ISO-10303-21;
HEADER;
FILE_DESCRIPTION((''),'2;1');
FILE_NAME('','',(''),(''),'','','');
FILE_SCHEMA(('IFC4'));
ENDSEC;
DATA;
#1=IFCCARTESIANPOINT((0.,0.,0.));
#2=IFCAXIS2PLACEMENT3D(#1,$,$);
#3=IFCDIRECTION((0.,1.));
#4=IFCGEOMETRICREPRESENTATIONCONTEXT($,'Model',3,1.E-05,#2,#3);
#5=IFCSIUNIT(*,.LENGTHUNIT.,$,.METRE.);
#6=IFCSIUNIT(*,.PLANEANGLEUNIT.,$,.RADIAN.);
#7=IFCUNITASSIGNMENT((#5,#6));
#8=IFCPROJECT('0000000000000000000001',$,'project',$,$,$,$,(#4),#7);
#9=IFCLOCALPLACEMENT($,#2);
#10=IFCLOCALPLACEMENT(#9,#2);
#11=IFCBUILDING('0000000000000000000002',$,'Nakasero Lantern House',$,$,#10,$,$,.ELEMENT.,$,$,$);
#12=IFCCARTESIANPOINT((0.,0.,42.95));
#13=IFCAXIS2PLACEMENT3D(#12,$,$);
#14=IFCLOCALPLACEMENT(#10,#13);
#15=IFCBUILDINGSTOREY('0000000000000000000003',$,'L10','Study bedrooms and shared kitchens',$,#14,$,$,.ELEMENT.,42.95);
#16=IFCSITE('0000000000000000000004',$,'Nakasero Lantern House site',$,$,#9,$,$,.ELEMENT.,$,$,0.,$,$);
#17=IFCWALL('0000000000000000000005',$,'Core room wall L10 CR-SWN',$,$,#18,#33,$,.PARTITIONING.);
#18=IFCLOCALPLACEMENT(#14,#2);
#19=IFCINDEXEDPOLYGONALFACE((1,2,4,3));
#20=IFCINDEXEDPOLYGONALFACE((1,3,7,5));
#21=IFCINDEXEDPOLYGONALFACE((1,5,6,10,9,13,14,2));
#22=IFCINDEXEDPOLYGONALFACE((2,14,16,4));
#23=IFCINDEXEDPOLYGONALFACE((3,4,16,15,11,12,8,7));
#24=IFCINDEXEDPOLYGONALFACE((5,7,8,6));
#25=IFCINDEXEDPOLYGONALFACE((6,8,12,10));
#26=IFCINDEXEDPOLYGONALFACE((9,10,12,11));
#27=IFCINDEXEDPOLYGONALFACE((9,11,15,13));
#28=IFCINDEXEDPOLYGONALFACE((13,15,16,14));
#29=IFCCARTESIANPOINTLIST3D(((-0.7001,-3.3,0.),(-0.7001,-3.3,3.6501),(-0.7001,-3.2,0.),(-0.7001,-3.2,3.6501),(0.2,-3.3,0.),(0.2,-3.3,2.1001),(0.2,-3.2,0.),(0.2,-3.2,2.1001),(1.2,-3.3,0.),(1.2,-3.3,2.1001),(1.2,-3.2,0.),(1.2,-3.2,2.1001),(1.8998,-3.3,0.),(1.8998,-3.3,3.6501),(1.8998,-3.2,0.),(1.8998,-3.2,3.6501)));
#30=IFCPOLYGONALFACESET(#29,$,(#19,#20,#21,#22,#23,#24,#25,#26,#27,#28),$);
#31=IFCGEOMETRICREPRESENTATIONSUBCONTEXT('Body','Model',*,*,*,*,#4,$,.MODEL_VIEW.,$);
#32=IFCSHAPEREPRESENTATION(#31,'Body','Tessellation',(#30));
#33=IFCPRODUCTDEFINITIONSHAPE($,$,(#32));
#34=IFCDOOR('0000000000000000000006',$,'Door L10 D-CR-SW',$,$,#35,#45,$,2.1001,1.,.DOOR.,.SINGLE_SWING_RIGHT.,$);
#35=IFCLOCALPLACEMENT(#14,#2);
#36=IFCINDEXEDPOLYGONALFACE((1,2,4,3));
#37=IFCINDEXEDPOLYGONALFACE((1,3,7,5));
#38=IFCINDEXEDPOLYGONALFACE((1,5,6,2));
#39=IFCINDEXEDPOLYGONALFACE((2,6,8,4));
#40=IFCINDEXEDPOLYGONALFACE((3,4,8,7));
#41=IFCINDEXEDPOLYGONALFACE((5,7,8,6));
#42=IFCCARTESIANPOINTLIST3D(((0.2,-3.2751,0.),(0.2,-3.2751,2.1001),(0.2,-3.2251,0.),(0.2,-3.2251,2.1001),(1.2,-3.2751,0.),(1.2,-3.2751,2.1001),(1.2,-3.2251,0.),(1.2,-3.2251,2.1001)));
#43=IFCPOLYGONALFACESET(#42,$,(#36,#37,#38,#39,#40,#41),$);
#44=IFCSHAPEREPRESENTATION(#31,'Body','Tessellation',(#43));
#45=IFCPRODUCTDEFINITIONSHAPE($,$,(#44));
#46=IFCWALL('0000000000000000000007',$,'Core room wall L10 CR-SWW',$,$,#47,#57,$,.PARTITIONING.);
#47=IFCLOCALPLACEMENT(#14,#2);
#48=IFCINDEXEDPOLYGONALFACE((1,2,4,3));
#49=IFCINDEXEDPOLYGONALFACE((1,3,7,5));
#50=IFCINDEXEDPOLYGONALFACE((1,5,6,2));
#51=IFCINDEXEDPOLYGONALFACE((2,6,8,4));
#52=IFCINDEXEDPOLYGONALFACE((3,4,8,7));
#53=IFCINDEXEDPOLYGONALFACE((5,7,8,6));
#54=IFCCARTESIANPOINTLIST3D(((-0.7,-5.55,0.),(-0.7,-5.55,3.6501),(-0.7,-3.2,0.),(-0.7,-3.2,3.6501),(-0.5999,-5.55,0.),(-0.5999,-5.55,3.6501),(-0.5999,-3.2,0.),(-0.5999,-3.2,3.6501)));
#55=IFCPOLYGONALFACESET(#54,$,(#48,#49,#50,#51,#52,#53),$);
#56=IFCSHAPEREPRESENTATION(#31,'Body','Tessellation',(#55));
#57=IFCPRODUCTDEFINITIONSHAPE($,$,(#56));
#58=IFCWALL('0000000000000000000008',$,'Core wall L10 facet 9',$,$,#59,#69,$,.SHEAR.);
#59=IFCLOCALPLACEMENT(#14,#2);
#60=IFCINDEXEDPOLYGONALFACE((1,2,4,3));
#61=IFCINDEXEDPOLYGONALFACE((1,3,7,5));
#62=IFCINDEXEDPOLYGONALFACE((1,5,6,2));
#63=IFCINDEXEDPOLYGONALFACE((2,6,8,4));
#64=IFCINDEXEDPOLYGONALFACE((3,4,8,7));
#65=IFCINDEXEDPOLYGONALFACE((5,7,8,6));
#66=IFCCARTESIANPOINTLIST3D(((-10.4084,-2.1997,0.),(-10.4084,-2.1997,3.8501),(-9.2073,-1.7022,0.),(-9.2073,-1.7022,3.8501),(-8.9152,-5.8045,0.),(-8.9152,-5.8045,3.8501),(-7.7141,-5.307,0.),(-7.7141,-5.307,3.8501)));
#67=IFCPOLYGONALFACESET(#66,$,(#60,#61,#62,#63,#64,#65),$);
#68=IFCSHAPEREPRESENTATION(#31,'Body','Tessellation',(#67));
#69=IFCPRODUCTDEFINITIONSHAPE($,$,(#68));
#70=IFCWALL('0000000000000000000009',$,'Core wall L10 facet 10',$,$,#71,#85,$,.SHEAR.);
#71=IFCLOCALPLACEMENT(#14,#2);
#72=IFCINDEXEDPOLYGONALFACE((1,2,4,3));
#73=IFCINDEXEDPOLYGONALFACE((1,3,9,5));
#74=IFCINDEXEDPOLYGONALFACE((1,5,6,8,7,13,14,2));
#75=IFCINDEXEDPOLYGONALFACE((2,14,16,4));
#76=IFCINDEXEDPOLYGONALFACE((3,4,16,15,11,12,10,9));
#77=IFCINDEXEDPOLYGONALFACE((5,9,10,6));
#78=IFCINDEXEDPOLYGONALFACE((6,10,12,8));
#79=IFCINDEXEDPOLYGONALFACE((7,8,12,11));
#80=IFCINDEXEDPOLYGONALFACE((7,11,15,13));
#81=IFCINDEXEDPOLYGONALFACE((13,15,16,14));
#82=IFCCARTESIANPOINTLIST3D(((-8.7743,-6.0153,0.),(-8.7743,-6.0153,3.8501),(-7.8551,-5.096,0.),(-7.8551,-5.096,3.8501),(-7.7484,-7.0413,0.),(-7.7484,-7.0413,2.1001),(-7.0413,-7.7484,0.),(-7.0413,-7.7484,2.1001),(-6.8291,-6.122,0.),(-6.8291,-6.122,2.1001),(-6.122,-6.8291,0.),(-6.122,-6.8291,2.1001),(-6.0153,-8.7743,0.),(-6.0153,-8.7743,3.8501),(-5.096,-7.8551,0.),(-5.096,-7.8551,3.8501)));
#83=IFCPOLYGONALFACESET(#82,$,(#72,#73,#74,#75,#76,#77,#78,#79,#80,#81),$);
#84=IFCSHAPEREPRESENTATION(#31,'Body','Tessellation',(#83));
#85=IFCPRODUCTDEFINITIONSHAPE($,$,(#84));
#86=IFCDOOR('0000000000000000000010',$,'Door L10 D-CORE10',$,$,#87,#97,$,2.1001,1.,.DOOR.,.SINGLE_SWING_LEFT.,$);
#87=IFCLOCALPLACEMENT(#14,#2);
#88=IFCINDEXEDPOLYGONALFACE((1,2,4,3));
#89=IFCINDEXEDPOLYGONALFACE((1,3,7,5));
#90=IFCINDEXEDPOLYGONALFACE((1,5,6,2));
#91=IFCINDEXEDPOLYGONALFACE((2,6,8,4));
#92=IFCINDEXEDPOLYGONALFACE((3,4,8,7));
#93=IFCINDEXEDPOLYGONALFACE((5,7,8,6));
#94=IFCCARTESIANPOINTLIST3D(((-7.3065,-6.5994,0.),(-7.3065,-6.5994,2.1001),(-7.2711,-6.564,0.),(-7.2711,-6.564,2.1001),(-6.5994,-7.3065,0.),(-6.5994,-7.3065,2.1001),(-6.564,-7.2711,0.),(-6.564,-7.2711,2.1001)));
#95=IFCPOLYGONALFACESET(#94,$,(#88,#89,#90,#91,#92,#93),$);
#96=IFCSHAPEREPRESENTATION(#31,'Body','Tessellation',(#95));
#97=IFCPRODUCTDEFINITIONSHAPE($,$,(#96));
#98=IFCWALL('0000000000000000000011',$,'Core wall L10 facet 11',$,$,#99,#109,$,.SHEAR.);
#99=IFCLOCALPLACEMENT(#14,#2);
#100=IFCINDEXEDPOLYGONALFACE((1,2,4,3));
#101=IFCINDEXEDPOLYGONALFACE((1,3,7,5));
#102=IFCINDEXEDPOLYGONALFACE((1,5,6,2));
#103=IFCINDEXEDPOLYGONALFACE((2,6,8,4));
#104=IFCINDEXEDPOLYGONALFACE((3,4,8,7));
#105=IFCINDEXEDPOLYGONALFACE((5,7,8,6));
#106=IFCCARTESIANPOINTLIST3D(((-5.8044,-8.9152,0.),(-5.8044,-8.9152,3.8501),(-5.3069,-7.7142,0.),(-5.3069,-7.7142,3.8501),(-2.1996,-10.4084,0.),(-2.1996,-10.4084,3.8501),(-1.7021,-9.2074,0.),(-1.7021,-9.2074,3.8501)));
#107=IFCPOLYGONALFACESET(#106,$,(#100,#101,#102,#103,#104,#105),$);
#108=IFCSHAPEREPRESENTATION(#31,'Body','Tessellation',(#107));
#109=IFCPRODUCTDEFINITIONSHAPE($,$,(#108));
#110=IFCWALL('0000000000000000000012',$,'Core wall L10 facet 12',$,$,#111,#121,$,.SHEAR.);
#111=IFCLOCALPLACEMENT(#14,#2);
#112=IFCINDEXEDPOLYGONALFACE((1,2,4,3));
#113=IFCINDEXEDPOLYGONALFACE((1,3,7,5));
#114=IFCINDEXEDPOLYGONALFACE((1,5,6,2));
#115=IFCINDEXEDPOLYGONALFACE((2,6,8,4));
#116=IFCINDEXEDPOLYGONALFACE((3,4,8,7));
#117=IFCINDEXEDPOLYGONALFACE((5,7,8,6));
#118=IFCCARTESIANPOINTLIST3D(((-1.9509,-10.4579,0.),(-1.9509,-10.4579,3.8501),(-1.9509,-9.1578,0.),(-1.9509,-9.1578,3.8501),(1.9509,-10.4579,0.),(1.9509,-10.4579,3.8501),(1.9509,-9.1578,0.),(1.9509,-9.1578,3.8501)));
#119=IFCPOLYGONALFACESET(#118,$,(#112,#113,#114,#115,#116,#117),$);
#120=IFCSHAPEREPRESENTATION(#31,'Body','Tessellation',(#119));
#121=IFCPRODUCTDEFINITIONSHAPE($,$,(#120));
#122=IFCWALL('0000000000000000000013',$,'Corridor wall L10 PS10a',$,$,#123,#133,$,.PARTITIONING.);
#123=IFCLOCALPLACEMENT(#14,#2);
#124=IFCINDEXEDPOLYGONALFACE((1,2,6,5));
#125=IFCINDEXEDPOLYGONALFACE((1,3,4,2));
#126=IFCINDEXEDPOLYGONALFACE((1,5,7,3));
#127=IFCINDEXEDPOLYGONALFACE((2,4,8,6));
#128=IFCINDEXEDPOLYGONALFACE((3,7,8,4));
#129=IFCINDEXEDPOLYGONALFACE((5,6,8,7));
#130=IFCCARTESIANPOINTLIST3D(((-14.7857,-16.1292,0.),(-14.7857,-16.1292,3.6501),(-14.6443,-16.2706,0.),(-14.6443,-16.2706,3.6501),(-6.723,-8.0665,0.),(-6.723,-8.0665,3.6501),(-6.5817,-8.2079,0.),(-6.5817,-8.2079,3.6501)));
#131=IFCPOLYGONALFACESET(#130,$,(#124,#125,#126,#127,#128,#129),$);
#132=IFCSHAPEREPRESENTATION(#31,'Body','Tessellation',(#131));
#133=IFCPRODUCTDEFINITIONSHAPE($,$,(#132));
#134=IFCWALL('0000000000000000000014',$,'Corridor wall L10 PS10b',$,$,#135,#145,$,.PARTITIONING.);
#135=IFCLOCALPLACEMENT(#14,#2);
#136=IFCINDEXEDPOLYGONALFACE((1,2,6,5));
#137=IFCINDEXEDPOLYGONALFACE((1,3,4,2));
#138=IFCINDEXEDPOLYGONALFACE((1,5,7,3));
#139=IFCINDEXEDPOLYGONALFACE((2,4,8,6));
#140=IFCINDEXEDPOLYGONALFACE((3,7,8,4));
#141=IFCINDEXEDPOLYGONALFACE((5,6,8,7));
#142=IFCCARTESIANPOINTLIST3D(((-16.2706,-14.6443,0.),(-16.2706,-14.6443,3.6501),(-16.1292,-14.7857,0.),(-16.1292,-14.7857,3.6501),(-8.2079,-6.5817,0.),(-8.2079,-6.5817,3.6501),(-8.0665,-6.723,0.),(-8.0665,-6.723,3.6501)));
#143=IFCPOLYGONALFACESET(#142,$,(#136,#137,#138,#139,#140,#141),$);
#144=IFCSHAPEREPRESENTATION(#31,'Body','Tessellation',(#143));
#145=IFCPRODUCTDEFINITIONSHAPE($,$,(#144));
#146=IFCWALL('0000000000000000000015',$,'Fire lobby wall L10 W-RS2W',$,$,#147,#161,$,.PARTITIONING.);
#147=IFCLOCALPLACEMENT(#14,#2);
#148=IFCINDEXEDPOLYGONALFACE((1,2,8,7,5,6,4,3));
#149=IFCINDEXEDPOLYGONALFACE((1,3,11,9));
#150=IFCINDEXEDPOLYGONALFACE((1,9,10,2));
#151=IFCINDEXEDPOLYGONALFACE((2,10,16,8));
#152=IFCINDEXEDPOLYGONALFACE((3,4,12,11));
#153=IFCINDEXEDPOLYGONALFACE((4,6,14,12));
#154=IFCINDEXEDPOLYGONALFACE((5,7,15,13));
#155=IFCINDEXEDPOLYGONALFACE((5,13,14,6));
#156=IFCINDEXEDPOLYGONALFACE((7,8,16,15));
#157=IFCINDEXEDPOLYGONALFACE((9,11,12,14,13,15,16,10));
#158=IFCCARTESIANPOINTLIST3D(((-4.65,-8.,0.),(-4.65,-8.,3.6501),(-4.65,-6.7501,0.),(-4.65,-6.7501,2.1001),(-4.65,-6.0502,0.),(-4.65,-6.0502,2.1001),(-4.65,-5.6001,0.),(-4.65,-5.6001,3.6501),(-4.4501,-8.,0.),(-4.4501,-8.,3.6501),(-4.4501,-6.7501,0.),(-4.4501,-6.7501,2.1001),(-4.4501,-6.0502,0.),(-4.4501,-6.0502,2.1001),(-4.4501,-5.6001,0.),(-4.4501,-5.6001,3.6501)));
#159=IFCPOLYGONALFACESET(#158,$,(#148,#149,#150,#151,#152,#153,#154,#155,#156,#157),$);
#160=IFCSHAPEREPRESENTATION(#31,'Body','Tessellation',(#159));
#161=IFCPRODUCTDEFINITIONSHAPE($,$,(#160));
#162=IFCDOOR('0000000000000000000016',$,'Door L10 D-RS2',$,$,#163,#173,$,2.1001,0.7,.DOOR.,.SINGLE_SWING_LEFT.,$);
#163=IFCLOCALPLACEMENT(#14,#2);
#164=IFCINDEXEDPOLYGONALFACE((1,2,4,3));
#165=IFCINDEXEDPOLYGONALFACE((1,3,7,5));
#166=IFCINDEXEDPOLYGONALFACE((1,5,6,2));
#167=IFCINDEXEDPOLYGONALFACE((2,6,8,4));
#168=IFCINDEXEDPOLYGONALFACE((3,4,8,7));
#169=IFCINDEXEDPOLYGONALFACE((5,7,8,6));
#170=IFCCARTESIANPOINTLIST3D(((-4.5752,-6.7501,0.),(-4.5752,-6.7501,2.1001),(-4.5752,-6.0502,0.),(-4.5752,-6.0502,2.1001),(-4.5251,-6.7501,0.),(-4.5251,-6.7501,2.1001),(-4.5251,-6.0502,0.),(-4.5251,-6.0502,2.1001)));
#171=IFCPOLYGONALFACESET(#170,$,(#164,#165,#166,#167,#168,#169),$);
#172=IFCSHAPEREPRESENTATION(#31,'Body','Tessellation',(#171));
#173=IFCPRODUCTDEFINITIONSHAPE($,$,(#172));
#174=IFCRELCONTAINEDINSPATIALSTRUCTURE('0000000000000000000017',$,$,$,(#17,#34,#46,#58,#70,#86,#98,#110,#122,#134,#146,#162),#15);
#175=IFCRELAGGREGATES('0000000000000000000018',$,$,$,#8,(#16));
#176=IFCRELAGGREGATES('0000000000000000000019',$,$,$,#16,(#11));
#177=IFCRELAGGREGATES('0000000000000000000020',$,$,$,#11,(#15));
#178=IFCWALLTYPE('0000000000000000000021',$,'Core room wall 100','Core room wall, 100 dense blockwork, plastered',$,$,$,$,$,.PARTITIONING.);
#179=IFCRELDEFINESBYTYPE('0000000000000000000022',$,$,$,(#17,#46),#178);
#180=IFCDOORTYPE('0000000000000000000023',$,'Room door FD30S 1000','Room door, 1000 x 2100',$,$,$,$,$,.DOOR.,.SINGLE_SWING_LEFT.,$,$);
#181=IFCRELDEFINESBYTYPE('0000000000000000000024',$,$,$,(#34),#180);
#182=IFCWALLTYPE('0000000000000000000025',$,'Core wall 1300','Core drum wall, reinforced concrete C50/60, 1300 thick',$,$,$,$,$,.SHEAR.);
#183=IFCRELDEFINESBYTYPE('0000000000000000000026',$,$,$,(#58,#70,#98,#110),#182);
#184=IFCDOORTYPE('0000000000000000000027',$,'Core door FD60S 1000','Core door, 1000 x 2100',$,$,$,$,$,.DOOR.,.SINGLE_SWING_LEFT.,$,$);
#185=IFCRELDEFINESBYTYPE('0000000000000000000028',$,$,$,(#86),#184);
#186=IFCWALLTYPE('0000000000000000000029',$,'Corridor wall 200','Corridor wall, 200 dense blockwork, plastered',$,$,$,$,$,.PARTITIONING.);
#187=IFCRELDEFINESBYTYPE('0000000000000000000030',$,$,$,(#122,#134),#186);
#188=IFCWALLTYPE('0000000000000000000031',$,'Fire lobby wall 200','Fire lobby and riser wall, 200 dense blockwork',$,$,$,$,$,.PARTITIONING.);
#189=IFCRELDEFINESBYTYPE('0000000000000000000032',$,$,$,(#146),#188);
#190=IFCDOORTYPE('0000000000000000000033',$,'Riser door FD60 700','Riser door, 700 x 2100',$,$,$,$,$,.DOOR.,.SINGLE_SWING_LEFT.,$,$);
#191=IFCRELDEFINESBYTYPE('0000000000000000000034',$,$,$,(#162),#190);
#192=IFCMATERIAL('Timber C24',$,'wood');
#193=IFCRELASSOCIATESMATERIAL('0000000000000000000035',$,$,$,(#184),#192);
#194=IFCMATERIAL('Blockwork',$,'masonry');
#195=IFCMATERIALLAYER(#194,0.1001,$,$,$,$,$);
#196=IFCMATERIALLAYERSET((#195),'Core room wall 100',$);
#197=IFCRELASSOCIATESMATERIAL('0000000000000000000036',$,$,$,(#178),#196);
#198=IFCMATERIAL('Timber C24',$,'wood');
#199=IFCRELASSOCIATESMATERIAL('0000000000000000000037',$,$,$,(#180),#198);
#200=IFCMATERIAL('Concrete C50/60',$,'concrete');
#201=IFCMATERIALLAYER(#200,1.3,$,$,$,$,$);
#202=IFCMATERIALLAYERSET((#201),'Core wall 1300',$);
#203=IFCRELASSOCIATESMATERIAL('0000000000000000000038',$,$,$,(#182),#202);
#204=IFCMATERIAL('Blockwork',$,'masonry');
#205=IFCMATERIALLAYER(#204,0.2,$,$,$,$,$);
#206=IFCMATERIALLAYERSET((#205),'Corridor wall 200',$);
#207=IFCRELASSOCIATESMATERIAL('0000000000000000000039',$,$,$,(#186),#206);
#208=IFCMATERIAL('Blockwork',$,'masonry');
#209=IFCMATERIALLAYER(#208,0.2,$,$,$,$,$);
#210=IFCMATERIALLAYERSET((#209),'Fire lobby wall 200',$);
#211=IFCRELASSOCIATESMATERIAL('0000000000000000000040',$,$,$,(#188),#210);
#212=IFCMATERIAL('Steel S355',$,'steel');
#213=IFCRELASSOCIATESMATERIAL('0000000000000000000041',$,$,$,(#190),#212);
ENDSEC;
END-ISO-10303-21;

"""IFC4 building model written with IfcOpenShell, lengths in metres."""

from ifc_helpers import new_model, si_unit, direction, frame, frame_2d, origin, place, context, subcontext, project, spatial, rectangle, extrude, material, layer, layer_set, type_object, element, fill, save


model = new_model("IFC4")

# Units and contexts
model_context = context("Model", 3, precision=1e-05, world=origin(), true_north=direction((0.0, 1.0)))
body_context = subcontext(model_context, "Body", "Model", "MODEL_VIEW")
ifc_project = project(units=[si_unit("LENGTHUNIT", "METRE"), si_unit("PLANEANGLEUNIT", "RADIAN")], contexts=[model_context])

# Site, building, storey
site_placement = place(None, origin())
site = spatial("IfcSite", under=ifc_project, at=site_placement, Name="Nakasero Lantern House site", CompositionType="ELEMENT", RefElevation=0.0)
building_placement = place(site_placement, origin())
building = spatial("IfcBuilding", under=site, at=building_placement, Name="Nakasero Lantern House", CompositionType="ELEMENT")
storey_placement = place(building_placement, frame((0.0, 0.0, 42.95)))
storey = spatial("IfcBuildingStorey", under=building, at=storey_placement, Name="L10", Description="Study bedrooms and shared kitchens", CompositionType="ELEMENT", Elevation=42.95)

# Shared definitions
ifc_material_1 = material(Name="Timber C24", Category="wood")
door_type_1 = type_object("IfcDoorType", Name="Core door FD60S 1000", Description="Core door, 1000 x 2100", OperationType="SINGLE_SWING_LEFT", PredefinedType="DOOR", material=ifc_material_1)

# Wall, opening, door
ifc_material_2 = material(Name="Blockwork", Category="masonry")
ifc_layer_1 = layer(ifc_material_2, 0.1001)
ifc_layer_set_1 = layer_set([ifc_layer_1], Name="Core room wall 100")
wall_type_1 = type_object("IfcWallType", Name="Core room wall 100", Description="Core room wall, 100 dense blockwork, plastered", PredefinedType="PARTITIONING", material=ifc_layer_set_1)
wall_1_placement = place(storey_placement, frame((-0.7, -3.25, 0.0), z_axis=(0.0, 0.0, 1.0), x_axis=(1.0, 0.0, 0.0)))
wall_1 = element("IfcWall", 1, at=wall_1_placement, inside=storey, type_object=wall_type_1, Name="Core room wall L10 CR-SWN", PredefinedType="PARTITIONING", context=body_context, shape_type="SweptSolid", body=[
    extrude(rectangle(XDim=2.5999, YDim=0.1001, at=frame_2d((1.2998, 0.0))), origin(), (0.0, 0.0, 1.0), 3.6501),
])
opening_1_placement = place(wall_1_placement, frame((0.8999, 0.0, 0.0)))
opening_1 = element("IfcOpeningElement", 2, at=opening_1_placement, cuts=wall_1, PredefinedType="OPENING", context=body_context, shape_type="SweptSolid", body=[
    extrude(rectangle(XDim=1.0, YDim=2.1001, at=frame_2d((0.5, 1.05))), frame((0.0, 0.0701, 0.0), z_axis=(0.0, -1.0, 0.0), x_axis=(1.0, 0.0, 0.0)), (0.0, 0.0, 1.0), 0.1401),
])
ifc_material_3 = material(Name="Timber C24", Category="wood")
door_type_2 = type_object("IfcDoorType", Name="Room door FD30S 1000", Description="Room door, 1000 x 2100", OperationType="SINGLE_SWING_LEFT", PredefinedType="DOOR", material=ifc_material_3)
door_1_placement = place(opening_1_placement, origin())
door_1 = element("IfcDoor", 3, at=door_1_placement, inside=storey, type_object=door_type_2, Name="Door L10 D-CR-SW", OperationType="SINGLE_SWING_RIGHT", OverallHeight=2.1001, OverallWidth=1.0, PredefinedType="DOOR", context=body_context, shape_type="SweptSolid", body=[
    extrude(rectangle(XDim=1.0, YDim=2.1001, at=frame_2d((0.5, 1.05))), frame((0.0, 0.0249, 0.0), z_axis=(0.0, -1.0, 0.0), x_axis=(1.0, 0.0, 0.0)), (0.0, 0.0, 1.0), 0.05),
])
fill(opening_1, door_1)

# Walls
wall_2_placement = place(storey_placement, frame((-0.6499, -5.55, 0.0), z_axis=(0.0, 0.0, 1.0), x_axis=(0.0, 1.0, 0.0)))
element("IfcWall", 4, at=wall_2_placement, inside=storey, type_object=wall_type_1, Name="Core room wall L10 CR-SWW", PredefinedType="PARTITIONING", context=body_context, shape_type="SweptSolid", body=[
    extrude(rectangle(XDim=2.3501, YDim=0.1001, at=frame_2d((1.175, 0.0))), origin(), (0.0, 0.0, 1.0), 3.6501),
])
ifc_material_4 = material(Name="Concrete C50/60", Category="concrete")
ifc_layer_2 = layer(ifc_material_4, 1.3)
ifc_layer_set_2 = layer_set([ifc_layer_2], Name="Core wall 1300")
wall_type_2 = type_object("IfcWallType", Name="Core wall 1300", Description="Core drum wall, reinforced concrete C50/60, 1300 thick", PredefinedType="SHEAR", material=ifc_layer_set_2)
wall_3_placement = place(storey_placement, frame((-9.8079, -1.9509, 0.0), z_axis=(0.0, 0.0, 1.0), x_axis=(0.382691, -0.923877, 0.0)))
element("IfcWall", 5, at=wall_3_placement, inside=storey, type_object=wall_type_2, Name="Core wall L10 facet 9", PredefinedType="SHEAR", context=body_context, shape_type="SweptSolid", body=[
    extrude(rectangle(XDim=3.9019, YDim=1.3, at=frame_2d((1.9509, 0.0))), origin(), (0.0, 0.0, 1.0), 3.8501),
])

# Wall, opening, door
wall_4_placement = place(storey_placement, frame((-8.3147, -5.5557, 0.0), z_axis=(0.0, 0.0, 1.0), x_axis=(0.707107, -0.707107, 0.0)))
wall_4 = element("IfcWall", 6, at=wall_4_placement, inside=storey, type_object=wall_type_2, Name="Core wall L10 facet 10", PredefinedType="SHEAR", context=body_context, shape_type="SweptSolid", body=[
    extrude(rectangle(XDim=3.9019, YDim=1.3, at=frame_2d((1.9509, 0.0))), origin(), (0.0, 0.0, 1.0), 3.8501),
])
opening_2_placement = place(wall_4_placement, frame((1.4509, 0.0, 0.0)))
opening_2 = element("IfcOpeningElement", 7, at=opening_2_placement, cuts=wall_4, PredefinedType="OPENING", context=body_context, shape_type="SweptSolid", body=[
    extrude(rectangle(XDim=1.0, YDim=2.1001, at=frame_2d((0.5, 1.05))), frame((0.0, 0.6699, 0.0), z_axis=(0.0, -1.0, 0.0), x_axis=(1.0, 0.0, 0.0)), (0.0, 0.0, 1.0), 1.3401),
])
door_2_placement = place(opening_2_placement, origin())
door_2 = element("IfcDoor", 8, at=door_2_placement, inside=storey, type_object=door_type_1, Name="Door L10 D-CORE10", OperationType="SINGLE_SWING_LEFT", OverallHeight=2.1001, OverallWidth=1.0, PredefinedType="DOOR", context=body_context, shape_type="SweptSolid", body=[
    extrude(rectangle(XDim=1.0, YDim=2.1001, at=frame_2d((0.5, 1.05))), frame((0.0, 0.0249, 0.0), z_axis=(0.0, -1.0, 0.0), x_axis=(1.0, 0.0, 0.0)), (0.0, 0.0, 1.0), 0.05),
])
fill(opening_2, door_2)

# Walls
for number, where, z_axis, x_axis, name in (
    (9, (-5.5557, -8.3147, 0.0), (0.0, 0.0, 1.0), (0.923877, -0.382691, 0.0), "Core wall L10 facet 11"),
    (10, (-1.9509, -9.8079, 0.0), (0.0, 0.0, 1.0), (1.0, 0.0, 0.0), "Core wall L10 facet 12"),
):
    element("IfcWall", number, at=place(storey_placement, frame(where, z_axis=z_axis, x_axis=x_axis)), inside=storey, type_object=wall_type_2, Name=name, PredefinedType="SHEAR", context=body_context, shape_type="SweptSolid", body=[
        extrude(rectangle(XDim=3.9019, YDim=1.3, at=frame_2d((1.9509, 0.0))), origin(), (0.0, 0.0, 1.0), 3.8501),
    ])
ifc_material_5 = material(Name="Blockwork", Category="masonry")
ifc_layer_3 = layer(ifc_material_5, 0.2)
ifc_layer_set_3 = layer_set([ifc_layer_3], Name="Corridor wall 200")
wall_type_3 = type_object("IfcWallType", Name="Corridor wall 200", Description="Corridor wall, 200 dense blockwork, plastered", PredefinedType="PARTITIONING", material=ifc_layer_set_3)
for number, where, z_axis, x_axis, name in (
    (11, (-6.6523, -8.1372, 0.0), (0.0, 0.0, 1.0), (-0.707107, -0.707107, 0.0), "Corridor wall L10 PS10a"),
    (12, (-8.1372, -6.6523, 0.0), (0.0, 0.0, 1.0), (-0.707107, -0.707107, 0.0), "Corridor wall L10 PS10b"),
):
    element("IfcWall", number, at=place(storey_placement, frame(where, z_axis=z_axis, x_axis=x_axis)), inside=storey, type_object=wall_type_3, Name=name, PredefinedType="PARTITIONING", context=body_context, shape_type="SweptSolid", body=[
        extrude(rectangle(XDim=11.4023, YDim=0.2, at=frame_2d((5.7012, 0.0))), origin(), (0.0, 0.0, 1.0), 3.6501),
    ])

# Wall, opening, door
ifc_material_6 = material(Name="Blockwork", Category="masonry")
ifc_layer_4 = layer(ifc_material_6, 0.2)
ifc_layer_set_4 = layer_set([ifc_layer_4], Name="Fire lobby wall 200")
wall_type_4 = type_object("IfcWallType", Name="Fire lobby wall 200", Description="Fire lobby and riser wall, 200 dense blockwork", PredefinedType="PARTITIONING", material=ifc_layer_set_4)
wall_5_placement = place(storey_placement, frame((-4.55, -5.6001, 0.0), z_axis=(0.0, 0.0, 1.0), x_axis=(0.0, -1.0, 0.0)))
wall_5 = element("IfcWall", 13, at=wall_5_placement, inside=storey, type_object=wall_type_4, Name="Fire lobby wall L10 W-RS2W", PredefinedType="PARTITIONING", context=body_context, shape_type="SweptSolid", body=[
    extrude(rectangle(XDim=2.3999, YDim=0.2, at=frame_2d((1.2, 0.0))), origin(), (0.0, 0.0, 1.0), 3.6501),
])
opening_3_placement = place(wall_5_placement, frame((0.45, 0.0, 0.0)))
opening_3 = element("IfcOpeningElement", 14, at=opening_3_placement, cuts=wall_5, PredefinedType="OPENING", context=body_context, shape_type="SweptSolid", body=[
    extrude(rectangle(XDim=0.7, YDim=2.1001, at=frame_2d((0.3501, 1.05))), frame((0.0, 0.1199, 0.0), z_axis=(0.0, -1.0, 0.0), x_axis=(1.0, 0.0, 0.0)), (0.0, 0.0, 1.0), 0.24),
])
ifc_material_7 = material(Name="Steel S355", Category="steel")
door_type_3 = type_object("IfcDoorType", Name="Riser door FD60 700", Description="Riser door, 700 x 2100", OperationType="SINGLE_SWING_LEFT", PredefinedType="DOOR", material=ifc_material_7)
door_3_placement = place(opening_3_placement, origin())
door_3 = element("IfcDoor", 15, at=door_3_placement, inside=storey, type_object=door_type_3, Name="Door L10 D-RS2", OperationType="SINGLE_SWING_LEFT", OverallHeight=2.1001, OverallWidth=0.7, PredefinedType="DOOR", context=body_context, shape_type="SweptSolid", body=[
    extrude(rectangle(XDim=0.7, YDim=2.1001, at=frame_2d((0.3501, 1.05))), frame((0.0, 0.0249, 0.0), z_axis=(0.0, -1.0, 0.0), x_axis=(1.0, 0.0, 0.0)), (0.0, 0.0, 1.0), 0.05),
])
fill(opening_3, door_3)

save(model, "model.ifc")
